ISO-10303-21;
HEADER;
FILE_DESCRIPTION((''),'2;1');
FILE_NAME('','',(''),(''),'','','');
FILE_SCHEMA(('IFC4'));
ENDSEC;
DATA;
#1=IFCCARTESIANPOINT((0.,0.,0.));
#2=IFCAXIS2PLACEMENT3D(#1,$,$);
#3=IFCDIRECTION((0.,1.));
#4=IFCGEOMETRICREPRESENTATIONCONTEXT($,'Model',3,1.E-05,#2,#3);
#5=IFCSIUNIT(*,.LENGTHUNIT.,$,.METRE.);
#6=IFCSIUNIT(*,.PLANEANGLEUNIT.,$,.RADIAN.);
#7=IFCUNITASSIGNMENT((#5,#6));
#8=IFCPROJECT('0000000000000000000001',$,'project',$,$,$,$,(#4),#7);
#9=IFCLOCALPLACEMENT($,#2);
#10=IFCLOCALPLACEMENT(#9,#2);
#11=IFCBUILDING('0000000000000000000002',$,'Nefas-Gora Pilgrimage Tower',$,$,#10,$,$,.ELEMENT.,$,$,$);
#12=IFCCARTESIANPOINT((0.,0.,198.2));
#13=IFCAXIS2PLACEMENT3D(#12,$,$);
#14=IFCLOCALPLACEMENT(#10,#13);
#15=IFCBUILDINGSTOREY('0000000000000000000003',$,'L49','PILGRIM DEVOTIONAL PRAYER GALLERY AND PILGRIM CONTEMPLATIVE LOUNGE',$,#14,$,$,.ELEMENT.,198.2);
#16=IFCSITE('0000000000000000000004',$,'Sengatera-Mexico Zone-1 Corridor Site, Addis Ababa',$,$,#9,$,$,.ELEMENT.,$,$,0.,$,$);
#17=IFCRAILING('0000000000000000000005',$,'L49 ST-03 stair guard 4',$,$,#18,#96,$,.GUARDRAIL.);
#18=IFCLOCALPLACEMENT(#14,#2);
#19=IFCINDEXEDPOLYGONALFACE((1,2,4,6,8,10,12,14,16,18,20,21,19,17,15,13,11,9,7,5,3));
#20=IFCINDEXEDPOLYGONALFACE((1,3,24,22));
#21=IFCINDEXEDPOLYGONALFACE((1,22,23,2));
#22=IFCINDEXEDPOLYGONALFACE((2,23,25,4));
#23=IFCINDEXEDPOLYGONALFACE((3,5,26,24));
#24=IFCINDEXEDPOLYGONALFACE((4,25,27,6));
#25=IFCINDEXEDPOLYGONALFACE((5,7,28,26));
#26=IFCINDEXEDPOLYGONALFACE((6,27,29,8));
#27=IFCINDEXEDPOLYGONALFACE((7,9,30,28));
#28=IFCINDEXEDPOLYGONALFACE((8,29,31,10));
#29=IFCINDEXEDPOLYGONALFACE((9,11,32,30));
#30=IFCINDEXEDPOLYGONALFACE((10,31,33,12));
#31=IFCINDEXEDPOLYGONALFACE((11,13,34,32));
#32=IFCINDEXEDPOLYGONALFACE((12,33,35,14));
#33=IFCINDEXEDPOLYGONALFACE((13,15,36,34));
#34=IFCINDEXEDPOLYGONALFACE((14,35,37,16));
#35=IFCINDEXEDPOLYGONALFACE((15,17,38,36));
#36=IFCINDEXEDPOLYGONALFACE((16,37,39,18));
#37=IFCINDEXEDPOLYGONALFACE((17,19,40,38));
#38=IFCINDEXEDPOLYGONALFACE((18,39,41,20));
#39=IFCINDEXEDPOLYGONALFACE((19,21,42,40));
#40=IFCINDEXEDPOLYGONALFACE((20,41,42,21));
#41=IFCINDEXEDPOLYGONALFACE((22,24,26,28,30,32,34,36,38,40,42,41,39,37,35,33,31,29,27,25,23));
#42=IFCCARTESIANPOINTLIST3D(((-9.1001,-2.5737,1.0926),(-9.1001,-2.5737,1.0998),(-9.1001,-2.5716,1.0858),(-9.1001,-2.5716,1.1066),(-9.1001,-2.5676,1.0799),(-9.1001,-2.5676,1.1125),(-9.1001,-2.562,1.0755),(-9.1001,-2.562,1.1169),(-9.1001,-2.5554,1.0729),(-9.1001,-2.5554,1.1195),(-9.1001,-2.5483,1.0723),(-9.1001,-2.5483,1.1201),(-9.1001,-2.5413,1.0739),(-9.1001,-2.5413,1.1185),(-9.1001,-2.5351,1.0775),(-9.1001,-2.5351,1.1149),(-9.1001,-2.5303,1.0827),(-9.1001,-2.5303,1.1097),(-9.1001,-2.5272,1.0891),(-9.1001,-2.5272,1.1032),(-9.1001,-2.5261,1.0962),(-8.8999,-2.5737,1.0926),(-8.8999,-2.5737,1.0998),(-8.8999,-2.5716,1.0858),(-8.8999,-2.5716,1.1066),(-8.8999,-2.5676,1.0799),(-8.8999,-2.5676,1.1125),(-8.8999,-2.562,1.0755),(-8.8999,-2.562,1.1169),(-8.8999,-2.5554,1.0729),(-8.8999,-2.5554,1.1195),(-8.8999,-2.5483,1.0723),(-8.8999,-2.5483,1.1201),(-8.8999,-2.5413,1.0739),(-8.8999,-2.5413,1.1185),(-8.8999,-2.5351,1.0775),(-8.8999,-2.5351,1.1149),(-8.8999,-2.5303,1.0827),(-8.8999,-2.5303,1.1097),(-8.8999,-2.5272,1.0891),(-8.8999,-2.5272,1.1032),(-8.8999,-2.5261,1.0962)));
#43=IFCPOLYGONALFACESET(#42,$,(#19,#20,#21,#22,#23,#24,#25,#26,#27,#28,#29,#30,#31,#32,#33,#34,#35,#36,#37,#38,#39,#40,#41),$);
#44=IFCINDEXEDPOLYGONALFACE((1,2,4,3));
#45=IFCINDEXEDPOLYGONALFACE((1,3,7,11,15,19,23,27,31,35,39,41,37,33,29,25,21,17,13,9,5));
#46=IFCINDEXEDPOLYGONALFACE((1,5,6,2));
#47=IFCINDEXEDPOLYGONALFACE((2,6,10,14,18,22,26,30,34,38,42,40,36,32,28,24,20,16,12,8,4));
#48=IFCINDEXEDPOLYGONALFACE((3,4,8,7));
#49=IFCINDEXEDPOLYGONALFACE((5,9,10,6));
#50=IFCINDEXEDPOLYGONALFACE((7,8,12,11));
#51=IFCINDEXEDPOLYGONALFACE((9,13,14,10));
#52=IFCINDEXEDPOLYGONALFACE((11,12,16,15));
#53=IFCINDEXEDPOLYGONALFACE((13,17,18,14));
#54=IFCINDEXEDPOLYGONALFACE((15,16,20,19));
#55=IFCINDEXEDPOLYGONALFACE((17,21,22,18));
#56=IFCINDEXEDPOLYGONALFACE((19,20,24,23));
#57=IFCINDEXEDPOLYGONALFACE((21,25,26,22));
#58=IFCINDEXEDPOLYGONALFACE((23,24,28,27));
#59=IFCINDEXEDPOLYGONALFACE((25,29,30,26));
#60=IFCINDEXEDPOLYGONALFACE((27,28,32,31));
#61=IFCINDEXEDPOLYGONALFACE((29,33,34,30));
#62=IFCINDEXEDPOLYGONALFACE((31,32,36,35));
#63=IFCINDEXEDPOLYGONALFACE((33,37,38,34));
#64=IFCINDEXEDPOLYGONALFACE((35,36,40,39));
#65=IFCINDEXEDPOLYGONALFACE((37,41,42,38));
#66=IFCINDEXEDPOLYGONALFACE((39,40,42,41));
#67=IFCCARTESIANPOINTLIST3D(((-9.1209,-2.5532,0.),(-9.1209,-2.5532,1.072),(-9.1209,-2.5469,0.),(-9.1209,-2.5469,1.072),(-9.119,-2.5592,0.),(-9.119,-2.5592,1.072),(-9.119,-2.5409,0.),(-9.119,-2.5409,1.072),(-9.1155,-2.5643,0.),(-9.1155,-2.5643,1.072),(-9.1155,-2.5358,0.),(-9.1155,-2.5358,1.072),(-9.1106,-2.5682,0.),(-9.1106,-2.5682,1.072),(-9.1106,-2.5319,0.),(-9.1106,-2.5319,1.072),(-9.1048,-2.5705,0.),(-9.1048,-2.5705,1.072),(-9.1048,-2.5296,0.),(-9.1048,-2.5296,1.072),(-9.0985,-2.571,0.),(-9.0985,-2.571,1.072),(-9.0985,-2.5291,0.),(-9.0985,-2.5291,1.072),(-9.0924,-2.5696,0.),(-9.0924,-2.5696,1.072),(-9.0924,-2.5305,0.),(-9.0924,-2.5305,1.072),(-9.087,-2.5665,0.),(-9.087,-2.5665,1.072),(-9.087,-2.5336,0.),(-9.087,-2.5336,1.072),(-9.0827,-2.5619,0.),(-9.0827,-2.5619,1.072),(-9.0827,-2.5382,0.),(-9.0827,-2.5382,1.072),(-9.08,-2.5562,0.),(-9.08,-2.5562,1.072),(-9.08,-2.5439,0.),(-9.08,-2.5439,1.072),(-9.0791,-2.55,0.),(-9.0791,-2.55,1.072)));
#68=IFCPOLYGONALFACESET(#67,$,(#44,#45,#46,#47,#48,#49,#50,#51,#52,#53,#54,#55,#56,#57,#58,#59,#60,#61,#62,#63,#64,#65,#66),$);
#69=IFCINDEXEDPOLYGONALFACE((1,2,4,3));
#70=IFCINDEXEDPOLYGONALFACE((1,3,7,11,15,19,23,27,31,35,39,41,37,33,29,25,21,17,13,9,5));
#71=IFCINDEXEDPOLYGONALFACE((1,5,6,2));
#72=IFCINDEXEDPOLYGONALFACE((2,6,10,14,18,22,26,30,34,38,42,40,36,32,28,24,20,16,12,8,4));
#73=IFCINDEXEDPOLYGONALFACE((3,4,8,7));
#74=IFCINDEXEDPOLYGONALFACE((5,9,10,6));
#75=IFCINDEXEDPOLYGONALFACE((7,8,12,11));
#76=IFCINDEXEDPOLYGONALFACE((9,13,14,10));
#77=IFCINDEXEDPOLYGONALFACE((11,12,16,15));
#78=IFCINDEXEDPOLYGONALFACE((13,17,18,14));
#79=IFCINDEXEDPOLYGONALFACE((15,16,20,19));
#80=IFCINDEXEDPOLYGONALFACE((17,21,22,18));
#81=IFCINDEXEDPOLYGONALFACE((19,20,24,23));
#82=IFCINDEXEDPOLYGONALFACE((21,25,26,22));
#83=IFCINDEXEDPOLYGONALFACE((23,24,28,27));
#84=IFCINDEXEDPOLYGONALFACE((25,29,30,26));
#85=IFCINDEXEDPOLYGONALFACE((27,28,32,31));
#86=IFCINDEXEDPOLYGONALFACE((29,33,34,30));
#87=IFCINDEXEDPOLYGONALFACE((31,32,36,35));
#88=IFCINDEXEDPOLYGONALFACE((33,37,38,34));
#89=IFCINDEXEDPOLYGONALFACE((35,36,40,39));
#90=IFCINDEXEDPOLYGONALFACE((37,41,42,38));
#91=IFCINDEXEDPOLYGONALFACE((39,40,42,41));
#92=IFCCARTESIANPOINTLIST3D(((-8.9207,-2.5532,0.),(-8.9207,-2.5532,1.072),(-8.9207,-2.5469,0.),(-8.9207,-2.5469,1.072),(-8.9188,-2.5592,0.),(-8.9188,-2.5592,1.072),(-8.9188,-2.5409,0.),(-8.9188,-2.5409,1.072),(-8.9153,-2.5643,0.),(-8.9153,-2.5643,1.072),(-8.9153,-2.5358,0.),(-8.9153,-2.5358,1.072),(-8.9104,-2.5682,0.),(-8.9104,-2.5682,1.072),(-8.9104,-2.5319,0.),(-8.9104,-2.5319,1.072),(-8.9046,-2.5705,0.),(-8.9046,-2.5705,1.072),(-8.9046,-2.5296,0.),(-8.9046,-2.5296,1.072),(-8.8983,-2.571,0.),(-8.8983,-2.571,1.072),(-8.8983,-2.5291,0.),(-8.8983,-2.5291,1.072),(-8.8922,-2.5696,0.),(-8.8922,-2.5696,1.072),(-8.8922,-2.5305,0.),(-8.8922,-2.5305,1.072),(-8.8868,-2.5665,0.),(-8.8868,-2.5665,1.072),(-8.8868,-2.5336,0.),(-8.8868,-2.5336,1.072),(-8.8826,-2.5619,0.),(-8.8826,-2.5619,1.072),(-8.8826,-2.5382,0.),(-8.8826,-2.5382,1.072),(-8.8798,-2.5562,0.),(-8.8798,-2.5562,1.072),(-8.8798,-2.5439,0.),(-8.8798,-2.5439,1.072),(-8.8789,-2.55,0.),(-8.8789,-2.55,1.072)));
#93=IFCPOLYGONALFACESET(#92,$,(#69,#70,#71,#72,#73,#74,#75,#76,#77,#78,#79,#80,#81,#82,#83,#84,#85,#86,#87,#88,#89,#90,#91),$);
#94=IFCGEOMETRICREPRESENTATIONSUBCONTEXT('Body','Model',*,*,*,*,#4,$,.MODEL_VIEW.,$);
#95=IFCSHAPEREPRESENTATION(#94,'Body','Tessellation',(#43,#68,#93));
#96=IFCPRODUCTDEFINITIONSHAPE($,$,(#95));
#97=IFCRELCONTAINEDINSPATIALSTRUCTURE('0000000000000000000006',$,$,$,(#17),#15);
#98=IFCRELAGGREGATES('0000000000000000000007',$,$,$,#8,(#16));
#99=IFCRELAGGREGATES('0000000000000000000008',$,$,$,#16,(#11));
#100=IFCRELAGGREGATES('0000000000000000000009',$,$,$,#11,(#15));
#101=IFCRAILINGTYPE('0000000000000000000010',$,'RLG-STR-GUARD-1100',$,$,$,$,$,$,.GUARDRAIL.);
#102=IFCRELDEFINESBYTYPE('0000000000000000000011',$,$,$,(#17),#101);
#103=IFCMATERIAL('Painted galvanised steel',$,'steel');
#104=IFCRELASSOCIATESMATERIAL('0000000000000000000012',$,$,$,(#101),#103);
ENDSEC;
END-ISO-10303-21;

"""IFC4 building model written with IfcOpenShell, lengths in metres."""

from ifc_helpers import new_model, si_unit, direction, frame, origin, origin_2d, place, context, subcontext, project, spatial, circle, extrude, material, type_object, element, save


model = new_model("IFC4")

# Units and contexts
model_context = context("Model", 3, precision=1e-05, world=origin(), true_north=direction((0.0, 1.0)))
body_context = subcontext(model_context, "Body", "Model", "MODEL_VIEW")
ifc_project = project(units=[si_unit("LENGTHUNIT", "METRE"), si_unit("PLANEANGLEUNIT", "RADIAN")], contexts=[model_context])

# Site, building, storey
site_placement = place(None, origin())
site = spatial("IfcSite", under=ifc_project, at=site_placement, Name="Sengatera-Mexico Zone-1 Corridor Site, Addis Ababa", CompositionType="ELEMENT", RefElevation=0.0)
building_placement = place(site_placement, origin())
building = spatial("IfcBuilding", under=site, at=building_placement, Name="Nefas-Gora Pilgrimage Tower", CompositionType="ELEMENT")
storey_placement = place(building_placement, frame((0.0, 0.0, 198.2)))
storey = spatial("IfcBuildingStorey", under=building, at=storey_placement, Name="L49", Description="PILGRIM DEVOTIONAL PRAYER GALLERY AND PILGRIM CONTEMPLATIVE LOUNGE", CompositionType="ELEMENT", Elevation=198.2)

# Railing
ifc_material_1 = material(Name="Painted galvanised steel", Category="steel")
railing_type_1 = type_object("IfcRailingType", Name="RLG-STR-GUARD-1100", PredefinedType="GUARDRAIL", material=ifc_material_1)
railing_1_placement = place(storey_placement, frame((-9.1001, -2.55, 0.0)))
element("IfcRailing", 1, at=railing_1_placement, inside=storey, type_object=railing_type_1, Name="L49 ST-03 stair guard 4", PredefinedType="GUARDRAIL", context=body_context, shape_type="SweptSolid", body=[
    extrude(circle(Radius=0.0239, at=origin_2d()), frame((0.0, 0.0, 1.0962), z_axis=(1.0, 0.0, 0.0), x_axis=(0.0, 1.0, 0.0)), (0.0, 0.0, 1.0), 0.2002),
    extrude(circle(Radius=0.021, at=origin_2d()), origin(), (0.0, 0.0, 1.0), 1.072),
    extrude(circle(Radius=0.021, at=origin_2d()), frame((0.2002, 0.0, 0.0)), (0.0, 0.0, 1.0), 1.072),
])

save(model, "model.ifc")
